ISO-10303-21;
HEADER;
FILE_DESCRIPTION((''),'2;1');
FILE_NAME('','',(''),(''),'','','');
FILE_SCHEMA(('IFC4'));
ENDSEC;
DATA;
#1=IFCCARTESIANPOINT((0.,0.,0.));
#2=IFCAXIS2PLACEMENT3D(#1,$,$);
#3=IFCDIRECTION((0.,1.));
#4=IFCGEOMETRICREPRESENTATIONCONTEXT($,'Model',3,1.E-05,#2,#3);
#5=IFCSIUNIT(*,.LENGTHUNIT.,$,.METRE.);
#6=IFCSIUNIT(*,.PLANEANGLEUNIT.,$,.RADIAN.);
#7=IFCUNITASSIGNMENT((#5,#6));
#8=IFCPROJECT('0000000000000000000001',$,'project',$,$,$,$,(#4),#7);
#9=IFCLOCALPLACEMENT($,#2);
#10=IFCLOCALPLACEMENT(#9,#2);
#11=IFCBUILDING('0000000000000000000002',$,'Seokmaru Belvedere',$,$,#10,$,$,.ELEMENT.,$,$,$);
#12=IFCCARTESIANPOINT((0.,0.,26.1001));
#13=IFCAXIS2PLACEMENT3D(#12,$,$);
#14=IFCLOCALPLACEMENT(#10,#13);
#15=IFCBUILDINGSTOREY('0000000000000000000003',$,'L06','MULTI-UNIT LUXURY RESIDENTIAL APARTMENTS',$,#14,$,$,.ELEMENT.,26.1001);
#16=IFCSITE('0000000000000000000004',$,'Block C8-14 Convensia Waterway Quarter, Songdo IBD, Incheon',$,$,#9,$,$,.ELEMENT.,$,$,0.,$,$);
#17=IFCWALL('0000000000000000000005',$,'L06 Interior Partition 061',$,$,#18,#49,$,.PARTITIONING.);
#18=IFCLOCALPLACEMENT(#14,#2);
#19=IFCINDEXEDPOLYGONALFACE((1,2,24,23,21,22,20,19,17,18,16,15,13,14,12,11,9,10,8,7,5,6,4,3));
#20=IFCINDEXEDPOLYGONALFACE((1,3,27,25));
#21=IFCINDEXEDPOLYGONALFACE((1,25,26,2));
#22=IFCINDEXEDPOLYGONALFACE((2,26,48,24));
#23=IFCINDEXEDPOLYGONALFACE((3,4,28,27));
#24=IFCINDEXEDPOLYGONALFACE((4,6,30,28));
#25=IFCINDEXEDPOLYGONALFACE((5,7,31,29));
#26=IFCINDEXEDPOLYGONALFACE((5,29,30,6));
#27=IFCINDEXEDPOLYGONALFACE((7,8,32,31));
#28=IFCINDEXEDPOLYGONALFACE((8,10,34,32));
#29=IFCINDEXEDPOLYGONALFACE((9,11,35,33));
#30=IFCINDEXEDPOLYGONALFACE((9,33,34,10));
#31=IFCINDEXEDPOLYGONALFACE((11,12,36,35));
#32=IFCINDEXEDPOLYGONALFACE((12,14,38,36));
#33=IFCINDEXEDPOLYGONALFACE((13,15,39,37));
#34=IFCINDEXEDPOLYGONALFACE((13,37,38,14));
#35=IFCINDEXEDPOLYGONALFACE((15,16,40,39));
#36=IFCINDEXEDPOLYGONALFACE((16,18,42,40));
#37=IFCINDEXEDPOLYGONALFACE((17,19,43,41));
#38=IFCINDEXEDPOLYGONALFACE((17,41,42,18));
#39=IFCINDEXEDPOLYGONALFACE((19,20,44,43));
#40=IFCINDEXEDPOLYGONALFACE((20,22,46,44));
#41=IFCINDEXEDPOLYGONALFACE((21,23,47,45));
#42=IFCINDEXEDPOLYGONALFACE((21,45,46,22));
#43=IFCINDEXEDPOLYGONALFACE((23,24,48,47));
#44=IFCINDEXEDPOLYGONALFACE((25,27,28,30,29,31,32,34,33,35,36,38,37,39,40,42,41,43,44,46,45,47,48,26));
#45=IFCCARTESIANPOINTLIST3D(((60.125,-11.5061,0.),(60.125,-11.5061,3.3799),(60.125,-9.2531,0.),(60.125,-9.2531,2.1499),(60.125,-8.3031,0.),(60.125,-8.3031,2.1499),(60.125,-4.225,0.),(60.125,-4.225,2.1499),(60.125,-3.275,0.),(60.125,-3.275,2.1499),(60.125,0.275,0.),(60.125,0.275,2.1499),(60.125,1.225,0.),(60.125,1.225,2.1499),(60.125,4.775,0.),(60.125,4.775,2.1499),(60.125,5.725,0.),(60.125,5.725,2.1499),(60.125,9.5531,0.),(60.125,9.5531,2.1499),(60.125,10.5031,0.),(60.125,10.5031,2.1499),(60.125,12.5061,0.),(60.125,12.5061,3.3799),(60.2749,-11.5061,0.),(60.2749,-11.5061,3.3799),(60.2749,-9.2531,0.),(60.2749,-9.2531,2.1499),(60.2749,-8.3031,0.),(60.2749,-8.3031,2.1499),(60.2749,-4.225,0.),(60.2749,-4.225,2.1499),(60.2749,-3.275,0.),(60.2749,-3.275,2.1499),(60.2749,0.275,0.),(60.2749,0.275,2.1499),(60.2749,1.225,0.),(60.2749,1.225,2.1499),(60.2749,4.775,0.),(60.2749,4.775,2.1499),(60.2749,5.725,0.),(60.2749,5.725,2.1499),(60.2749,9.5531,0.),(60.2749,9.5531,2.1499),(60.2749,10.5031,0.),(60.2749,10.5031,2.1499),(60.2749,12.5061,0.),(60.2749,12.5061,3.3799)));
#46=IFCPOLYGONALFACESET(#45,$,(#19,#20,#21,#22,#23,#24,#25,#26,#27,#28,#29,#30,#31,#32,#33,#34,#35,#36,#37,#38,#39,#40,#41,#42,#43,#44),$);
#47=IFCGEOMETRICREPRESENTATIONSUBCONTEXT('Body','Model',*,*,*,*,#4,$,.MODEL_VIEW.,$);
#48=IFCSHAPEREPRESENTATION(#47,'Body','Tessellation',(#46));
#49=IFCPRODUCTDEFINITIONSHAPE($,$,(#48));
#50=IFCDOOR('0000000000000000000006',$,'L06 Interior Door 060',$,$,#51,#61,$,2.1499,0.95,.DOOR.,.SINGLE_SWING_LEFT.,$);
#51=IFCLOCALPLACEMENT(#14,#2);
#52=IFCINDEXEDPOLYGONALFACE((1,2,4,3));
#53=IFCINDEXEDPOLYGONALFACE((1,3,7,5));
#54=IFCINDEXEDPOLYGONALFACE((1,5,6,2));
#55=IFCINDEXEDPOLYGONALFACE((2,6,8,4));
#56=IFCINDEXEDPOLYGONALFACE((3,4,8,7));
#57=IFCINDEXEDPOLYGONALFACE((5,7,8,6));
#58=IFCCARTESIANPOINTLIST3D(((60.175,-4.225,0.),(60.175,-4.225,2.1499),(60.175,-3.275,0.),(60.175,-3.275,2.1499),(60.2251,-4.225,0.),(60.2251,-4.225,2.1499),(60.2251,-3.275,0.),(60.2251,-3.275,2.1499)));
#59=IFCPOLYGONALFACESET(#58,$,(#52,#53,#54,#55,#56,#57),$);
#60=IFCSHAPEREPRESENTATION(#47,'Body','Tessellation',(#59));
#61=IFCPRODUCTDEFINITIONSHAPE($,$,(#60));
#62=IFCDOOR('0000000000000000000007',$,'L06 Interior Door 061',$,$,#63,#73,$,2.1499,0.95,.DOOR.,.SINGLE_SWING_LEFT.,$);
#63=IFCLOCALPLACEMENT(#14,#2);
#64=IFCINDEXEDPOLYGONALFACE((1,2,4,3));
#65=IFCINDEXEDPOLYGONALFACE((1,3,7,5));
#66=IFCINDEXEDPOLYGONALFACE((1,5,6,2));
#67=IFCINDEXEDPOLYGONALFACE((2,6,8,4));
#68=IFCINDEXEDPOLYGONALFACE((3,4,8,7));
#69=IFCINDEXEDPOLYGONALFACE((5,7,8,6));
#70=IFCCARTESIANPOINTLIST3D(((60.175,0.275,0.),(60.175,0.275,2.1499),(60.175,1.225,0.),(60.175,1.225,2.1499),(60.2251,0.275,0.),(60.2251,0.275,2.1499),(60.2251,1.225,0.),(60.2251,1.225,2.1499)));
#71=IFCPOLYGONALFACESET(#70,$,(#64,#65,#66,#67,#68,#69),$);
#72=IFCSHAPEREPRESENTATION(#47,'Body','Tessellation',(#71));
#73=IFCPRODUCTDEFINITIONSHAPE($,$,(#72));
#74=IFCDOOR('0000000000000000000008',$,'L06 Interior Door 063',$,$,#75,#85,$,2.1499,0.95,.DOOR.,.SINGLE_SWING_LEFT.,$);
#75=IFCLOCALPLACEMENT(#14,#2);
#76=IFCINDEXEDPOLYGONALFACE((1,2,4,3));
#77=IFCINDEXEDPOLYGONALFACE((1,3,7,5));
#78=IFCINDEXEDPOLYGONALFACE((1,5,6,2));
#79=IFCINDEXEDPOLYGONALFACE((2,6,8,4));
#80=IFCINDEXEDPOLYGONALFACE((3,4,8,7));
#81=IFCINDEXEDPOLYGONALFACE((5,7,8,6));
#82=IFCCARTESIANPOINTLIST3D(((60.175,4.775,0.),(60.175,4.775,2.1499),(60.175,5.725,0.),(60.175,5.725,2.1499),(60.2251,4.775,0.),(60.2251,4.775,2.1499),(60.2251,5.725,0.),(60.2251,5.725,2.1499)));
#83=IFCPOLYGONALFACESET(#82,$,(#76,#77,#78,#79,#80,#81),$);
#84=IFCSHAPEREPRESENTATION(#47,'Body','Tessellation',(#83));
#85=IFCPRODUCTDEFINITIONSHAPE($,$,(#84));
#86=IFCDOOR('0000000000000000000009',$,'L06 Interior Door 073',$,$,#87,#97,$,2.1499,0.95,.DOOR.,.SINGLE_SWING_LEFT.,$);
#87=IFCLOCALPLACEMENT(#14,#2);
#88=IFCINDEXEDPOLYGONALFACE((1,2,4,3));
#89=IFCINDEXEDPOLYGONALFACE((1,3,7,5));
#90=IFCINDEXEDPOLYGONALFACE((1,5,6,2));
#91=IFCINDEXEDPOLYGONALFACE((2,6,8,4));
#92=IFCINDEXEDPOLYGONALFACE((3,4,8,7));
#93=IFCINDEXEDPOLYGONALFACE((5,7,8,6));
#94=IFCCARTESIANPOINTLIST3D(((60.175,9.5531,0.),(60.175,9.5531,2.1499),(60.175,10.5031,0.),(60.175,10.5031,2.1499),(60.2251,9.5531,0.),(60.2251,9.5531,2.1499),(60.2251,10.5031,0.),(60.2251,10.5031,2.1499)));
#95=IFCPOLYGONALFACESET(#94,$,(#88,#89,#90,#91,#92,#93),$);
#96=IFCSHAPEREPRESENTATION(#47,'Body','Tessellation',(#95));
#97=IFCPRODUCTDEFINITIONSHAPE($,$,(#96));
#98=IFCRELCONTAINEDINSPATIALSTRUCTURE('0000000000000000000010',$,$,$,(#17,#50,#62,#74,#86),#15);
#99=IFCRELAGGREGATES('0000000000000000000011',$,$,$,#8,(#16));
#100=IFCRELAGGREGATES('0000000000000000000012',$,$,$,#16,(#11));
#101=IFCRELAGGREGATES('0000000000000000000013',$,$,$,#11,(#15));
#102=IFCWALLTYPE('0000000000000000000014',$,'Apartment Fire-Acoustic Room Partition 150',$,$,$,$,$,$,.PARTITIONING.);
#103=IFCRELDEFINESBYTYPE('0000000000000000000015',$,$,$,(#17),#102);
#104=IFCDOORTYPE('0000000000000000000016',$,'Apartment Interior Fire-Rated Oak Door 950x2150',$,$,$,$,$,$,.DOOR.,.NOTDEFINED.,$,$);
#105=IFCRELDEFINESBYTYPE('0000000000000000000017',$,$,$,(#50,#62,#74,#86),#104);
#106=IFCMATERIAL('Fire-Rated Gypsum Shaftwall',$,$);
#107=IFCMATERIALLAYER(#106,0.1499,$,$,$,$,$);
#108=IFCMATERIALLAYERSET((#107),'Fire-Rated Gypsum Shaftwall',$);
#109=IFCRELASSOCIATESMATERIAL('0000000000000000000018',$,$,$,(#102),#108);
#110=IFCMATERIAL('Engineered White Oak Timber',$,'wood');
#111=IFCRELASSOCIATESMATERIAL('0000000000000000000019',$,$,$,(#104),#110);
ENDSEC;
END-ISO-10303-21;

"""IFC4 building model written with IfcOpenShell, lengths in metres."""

from ifc_helpers import new_model, si_unit, direction, frame, frame_2d, origin, place, context, subcontext, project, spatial, rectangle, extrude, source, transform, mapped, material, layer, layer_set, type_object, type_shapes, element, fill, save


model = new_model("IFC4")

# Units and contexts
model_context = context("Model", 3, precision=1e-05, world=origin(), true_north=direction((0.0, 1.0)))
body_context = subcontext(model_context, "Body", "Model", "MODEL_VIEW")
ifc_project = project(units=[si_unit("LENGTHUNIT", "METRE"), si_unit("PLANEANGLEUNIT", "RADIAN")], contexts=[model_context])

# Site, building, storey
site_placement = place(None, origin())
site = spatial("IfcSite", under=ifc_project, at=site_placement, Name="Block C8-14 Convensia Waterway Quarter, Songdo IBD, Incheon", CompositionType="ELEMENT", RefElevation=0.0)
building_placement = place(site_placement, origin())
building = spatial("IfcBuilding", under=site, at=building_placement, Name="Seokmaru Belvedere", CompositionType="ELEMENT")
storey_placement = place(building_placement, frame((0.0, 0.0, 26.1001)))
storey = spatial("IfcBuildingStorey", under=building, at=storey_placement, Name="L06", Description="MULTI-UNIT LUXURY RESIDENTIAL APARTMENTS", CompositionType="ELEMENT", Elevation=26.1001)

# Wall, openings, doors
ifc_material_1 = material(Name="Fire-Rated Gypsum Shaftwall")
ifc_layer_1 = layer(ifc_material_1, 0.1499)
ifc_layer_set_1 = layer_set([ifc_layer_1], Name="Fire-Rated Gypsum Shaftwall")
wall_type = type_object("IfcWallType", Name="Apartment Fire-Acoustic Room Partition 150", PredefinedType="PARTITIONING", material=ifc_layer_set_1)
ifc_material_2 = material(Name="Engineered White Oak Timber", Category="wood")
door_type = type_object("IfcDoorType", Name="Apartment Interior Fire-Rated Oak Door 950x2150", OperationType="NOTDEFINED", PredefinedType="DOOR", material=ifc_material_2)
shared_shape_1 = source(origin(), body_context, "Body", "SweptSolid", [
    extrude(rectangle(XDim=0.95, YDim=2.1499, at=frame_2d((0.4751, 1.075))), frame((0.0, 0.0249, 0.0), z_axis=(0.0, -1.0, 0.0), x_axis=(1.0, 0.0, 0.0)), (0.0, 0.0, 1.0), 0.05),
])
type_shapes(door_type, [shared_shape_1])
wall_1_placement = place(storey_placement, frame((60.2, -11.5061, 0.0), z_axis=(0.0, 0.0, 1.0), x_axis=(0.0, 1.0, 0.0)))
wall_1 = element("IfcWall", 1, at=wall_1_placement, inside=storey, type_object=wall_type, Name="L06 Interior Partition 061", PredefinedType="PARTITIONING", context=body_context, shape_type="SweptSolid", body=[
    extrude(rectangle(XDim=24.0122, YDim=0.1499, at=frame_2d((12.0061, 0.0))), origin(), (0.0, 0.0, 1.0), 3.3799),
])
opening_1_placement = place(wall_1_placement, frame((2.2529, 0.0, 0.0)))
element("IfcOpeningElement", 2, at=opening_1_placement, cuts=wall_1, PredefinedType="OPENING", context=body_context, shape_type="SweptSolid", body=[
    extrude(rectangle(XDim=0.95, YDim=2.1499, at=frame_2d((0.4751, 1.075))), frame((0.0, 0.085, 0.0), z_axis=(0.0, -1.0, 0.0), x_axis=(1.0, 0.0, 0.0)), (0.0, 0.0, 1.0), 0.1699),
])
opening_2_placement = place(wall_1_placement, frame((7.281, 0.0, 0.0)))
opening_2 = element("IfcOpeningElement", 3, at=opening_2_placement, cuts=wall_1, PredefinedType="OPENING", context=body_context, shape_type="SweptSolid", body=[
    extrude(rectangle(XDim=0.95, YDim=2.1499, at=frame_2d((0.4751, 1.075))), frame((0.0, 0.085, 0.0), z_axis=(0.0, -1.0, 0.0), x_axis=(1.0, 0.0, 0.0)), (0.0, 0.0, 1.0), 0.1699),
])
opening_3_placement = place(wall_1_placement, frame((11.781, 0.0, 0.0)))
opening_3 = element("IfcOpeningElement", 4, at=opening_3_placement, cuts=wall_1, PredefinedType="OPENING", context=body_context, shape_type="SweptSolid", body=[
    extrude(rectangle(XDim=0.95, YDim=2.1499, at=frame_2d((0.4751, 1.075))), frame((0.0, 0.085, 0.0), z_axis=(0.0, -1.0, 0.0), x_axis=(1.0, 0.0, 0.0)), (0.0, 0.0, 1.0), 0.1699),
])
opening_4_placement = place(wall_1_placement, frame((16.281, 0.0, 0.0)))
opening_4 = element("IfcOpeningElement", 5, at=opening_4_placement, cuts=wall_1, PredefinedType="OPENING", context=body_context, shape_type="SweptSolid", body=[
    extrude(rectangle(XDim=0.95, YDim=2.1499, at=frame_2d((0.4751, 1.075))), frame((0.0, 0.085, 0.0), z_axis=(0.0, -1.0, 0.0), x_axis=(1.0, 0.0, 0.0)), (0.0, 0.0, 1.0), 0.1699),
])
opening_5_placement = place(wall_1_placement, frame((21.0591, 0.0, 0.0)))
opening_5 = element("IfcOpeningElement", 6, at=opening_5_placement, cuts=wall_1, PredefinedType="OPENING", context=body_context, shape_type="SweptSolid", body=[
    extrude(rectangle(XDim=0.95, YDim=2.1499, at=frame_2d((0.4751, 1.075))), frame((0.0, 0.085, 0.0), z_axis=(0.0, -1.0, 0.0), x_axis=(1.0, 0.0, 0.0)), (0.0, 0.0, 1.0), 0.1699),
])
door_1_placement = place(opening_2_placement, origin())
door_1 = element("IfcDoor", 7, at=door_1_placement, inside=storey, type_object=door_type, Name="L06 Interior Door 060", OperationType="SINGLE_SWING_LEFT", OverallHeight=2.1499, OverallWidth=0.95, PredefinedType="DOOR", context=body_context, shape_type="MappedRepresentation", body=[
    mapped(shared_shape_1, transform((0.0, 0.0, 0.0), scale=1.0)),
])
fill(opening_2, door_1)
door_2_placement = place(opening_3_placement, origin())
door_2 = element("IfcDoor", 8, at=door_2_placement, inside=storey, type_object=door_type, Name="L06 Interior Door 061", OperationType="SINGLE_SWING_LEFT", OverallHeight=2.1499, OverallWidth=0.95, PredefinedType="DOOR", context=body_context, shape_type="MappedRepresentation", body=[
    mapped(shared_shape_1, transform((0.0, 0.0, 0.0), scale=1.0)),
])
fill(opening_3, door_2)
door_3_placement = place(opening_4_placement, origin())
door_3 = element("IfcDoor", 9, at=door_3_placement, inside=storey, type_object=door_type, Name="L06 Interior Door 063", OperationType="SINGLE_SWING_LEFT", OverallHeight=2.1499, OverallWidth=0.95, PredefinedType="DOOR", context=body_context, shape_type="MappedRepresentation", body=[
    mapped(shared_shape_1, transform((0.0, 0.0, 0.0), scale=1.0)),
])
fill(opening_4, door_3)
door_4_placement = place(opening_5_placement, origin())
door_4 = element("IfcDoor", 10, at=door_4_placement, inside=storey, type_object=door_type, Name="L06 Interior Door 073", OperationType="SINGLE_SWING_LEFT", OverallHeight=2.1499, OverallWidth=0.95, PredefinedType="DOOR", context=body_context, shape_type="MappedRepresentation", body=[
    mapped(shared_shape_1, transform((0.0, 0.0, 0.0), scale=1.0)),
])
fill(opening_5, door_4)

save(model, "model.ifc")
